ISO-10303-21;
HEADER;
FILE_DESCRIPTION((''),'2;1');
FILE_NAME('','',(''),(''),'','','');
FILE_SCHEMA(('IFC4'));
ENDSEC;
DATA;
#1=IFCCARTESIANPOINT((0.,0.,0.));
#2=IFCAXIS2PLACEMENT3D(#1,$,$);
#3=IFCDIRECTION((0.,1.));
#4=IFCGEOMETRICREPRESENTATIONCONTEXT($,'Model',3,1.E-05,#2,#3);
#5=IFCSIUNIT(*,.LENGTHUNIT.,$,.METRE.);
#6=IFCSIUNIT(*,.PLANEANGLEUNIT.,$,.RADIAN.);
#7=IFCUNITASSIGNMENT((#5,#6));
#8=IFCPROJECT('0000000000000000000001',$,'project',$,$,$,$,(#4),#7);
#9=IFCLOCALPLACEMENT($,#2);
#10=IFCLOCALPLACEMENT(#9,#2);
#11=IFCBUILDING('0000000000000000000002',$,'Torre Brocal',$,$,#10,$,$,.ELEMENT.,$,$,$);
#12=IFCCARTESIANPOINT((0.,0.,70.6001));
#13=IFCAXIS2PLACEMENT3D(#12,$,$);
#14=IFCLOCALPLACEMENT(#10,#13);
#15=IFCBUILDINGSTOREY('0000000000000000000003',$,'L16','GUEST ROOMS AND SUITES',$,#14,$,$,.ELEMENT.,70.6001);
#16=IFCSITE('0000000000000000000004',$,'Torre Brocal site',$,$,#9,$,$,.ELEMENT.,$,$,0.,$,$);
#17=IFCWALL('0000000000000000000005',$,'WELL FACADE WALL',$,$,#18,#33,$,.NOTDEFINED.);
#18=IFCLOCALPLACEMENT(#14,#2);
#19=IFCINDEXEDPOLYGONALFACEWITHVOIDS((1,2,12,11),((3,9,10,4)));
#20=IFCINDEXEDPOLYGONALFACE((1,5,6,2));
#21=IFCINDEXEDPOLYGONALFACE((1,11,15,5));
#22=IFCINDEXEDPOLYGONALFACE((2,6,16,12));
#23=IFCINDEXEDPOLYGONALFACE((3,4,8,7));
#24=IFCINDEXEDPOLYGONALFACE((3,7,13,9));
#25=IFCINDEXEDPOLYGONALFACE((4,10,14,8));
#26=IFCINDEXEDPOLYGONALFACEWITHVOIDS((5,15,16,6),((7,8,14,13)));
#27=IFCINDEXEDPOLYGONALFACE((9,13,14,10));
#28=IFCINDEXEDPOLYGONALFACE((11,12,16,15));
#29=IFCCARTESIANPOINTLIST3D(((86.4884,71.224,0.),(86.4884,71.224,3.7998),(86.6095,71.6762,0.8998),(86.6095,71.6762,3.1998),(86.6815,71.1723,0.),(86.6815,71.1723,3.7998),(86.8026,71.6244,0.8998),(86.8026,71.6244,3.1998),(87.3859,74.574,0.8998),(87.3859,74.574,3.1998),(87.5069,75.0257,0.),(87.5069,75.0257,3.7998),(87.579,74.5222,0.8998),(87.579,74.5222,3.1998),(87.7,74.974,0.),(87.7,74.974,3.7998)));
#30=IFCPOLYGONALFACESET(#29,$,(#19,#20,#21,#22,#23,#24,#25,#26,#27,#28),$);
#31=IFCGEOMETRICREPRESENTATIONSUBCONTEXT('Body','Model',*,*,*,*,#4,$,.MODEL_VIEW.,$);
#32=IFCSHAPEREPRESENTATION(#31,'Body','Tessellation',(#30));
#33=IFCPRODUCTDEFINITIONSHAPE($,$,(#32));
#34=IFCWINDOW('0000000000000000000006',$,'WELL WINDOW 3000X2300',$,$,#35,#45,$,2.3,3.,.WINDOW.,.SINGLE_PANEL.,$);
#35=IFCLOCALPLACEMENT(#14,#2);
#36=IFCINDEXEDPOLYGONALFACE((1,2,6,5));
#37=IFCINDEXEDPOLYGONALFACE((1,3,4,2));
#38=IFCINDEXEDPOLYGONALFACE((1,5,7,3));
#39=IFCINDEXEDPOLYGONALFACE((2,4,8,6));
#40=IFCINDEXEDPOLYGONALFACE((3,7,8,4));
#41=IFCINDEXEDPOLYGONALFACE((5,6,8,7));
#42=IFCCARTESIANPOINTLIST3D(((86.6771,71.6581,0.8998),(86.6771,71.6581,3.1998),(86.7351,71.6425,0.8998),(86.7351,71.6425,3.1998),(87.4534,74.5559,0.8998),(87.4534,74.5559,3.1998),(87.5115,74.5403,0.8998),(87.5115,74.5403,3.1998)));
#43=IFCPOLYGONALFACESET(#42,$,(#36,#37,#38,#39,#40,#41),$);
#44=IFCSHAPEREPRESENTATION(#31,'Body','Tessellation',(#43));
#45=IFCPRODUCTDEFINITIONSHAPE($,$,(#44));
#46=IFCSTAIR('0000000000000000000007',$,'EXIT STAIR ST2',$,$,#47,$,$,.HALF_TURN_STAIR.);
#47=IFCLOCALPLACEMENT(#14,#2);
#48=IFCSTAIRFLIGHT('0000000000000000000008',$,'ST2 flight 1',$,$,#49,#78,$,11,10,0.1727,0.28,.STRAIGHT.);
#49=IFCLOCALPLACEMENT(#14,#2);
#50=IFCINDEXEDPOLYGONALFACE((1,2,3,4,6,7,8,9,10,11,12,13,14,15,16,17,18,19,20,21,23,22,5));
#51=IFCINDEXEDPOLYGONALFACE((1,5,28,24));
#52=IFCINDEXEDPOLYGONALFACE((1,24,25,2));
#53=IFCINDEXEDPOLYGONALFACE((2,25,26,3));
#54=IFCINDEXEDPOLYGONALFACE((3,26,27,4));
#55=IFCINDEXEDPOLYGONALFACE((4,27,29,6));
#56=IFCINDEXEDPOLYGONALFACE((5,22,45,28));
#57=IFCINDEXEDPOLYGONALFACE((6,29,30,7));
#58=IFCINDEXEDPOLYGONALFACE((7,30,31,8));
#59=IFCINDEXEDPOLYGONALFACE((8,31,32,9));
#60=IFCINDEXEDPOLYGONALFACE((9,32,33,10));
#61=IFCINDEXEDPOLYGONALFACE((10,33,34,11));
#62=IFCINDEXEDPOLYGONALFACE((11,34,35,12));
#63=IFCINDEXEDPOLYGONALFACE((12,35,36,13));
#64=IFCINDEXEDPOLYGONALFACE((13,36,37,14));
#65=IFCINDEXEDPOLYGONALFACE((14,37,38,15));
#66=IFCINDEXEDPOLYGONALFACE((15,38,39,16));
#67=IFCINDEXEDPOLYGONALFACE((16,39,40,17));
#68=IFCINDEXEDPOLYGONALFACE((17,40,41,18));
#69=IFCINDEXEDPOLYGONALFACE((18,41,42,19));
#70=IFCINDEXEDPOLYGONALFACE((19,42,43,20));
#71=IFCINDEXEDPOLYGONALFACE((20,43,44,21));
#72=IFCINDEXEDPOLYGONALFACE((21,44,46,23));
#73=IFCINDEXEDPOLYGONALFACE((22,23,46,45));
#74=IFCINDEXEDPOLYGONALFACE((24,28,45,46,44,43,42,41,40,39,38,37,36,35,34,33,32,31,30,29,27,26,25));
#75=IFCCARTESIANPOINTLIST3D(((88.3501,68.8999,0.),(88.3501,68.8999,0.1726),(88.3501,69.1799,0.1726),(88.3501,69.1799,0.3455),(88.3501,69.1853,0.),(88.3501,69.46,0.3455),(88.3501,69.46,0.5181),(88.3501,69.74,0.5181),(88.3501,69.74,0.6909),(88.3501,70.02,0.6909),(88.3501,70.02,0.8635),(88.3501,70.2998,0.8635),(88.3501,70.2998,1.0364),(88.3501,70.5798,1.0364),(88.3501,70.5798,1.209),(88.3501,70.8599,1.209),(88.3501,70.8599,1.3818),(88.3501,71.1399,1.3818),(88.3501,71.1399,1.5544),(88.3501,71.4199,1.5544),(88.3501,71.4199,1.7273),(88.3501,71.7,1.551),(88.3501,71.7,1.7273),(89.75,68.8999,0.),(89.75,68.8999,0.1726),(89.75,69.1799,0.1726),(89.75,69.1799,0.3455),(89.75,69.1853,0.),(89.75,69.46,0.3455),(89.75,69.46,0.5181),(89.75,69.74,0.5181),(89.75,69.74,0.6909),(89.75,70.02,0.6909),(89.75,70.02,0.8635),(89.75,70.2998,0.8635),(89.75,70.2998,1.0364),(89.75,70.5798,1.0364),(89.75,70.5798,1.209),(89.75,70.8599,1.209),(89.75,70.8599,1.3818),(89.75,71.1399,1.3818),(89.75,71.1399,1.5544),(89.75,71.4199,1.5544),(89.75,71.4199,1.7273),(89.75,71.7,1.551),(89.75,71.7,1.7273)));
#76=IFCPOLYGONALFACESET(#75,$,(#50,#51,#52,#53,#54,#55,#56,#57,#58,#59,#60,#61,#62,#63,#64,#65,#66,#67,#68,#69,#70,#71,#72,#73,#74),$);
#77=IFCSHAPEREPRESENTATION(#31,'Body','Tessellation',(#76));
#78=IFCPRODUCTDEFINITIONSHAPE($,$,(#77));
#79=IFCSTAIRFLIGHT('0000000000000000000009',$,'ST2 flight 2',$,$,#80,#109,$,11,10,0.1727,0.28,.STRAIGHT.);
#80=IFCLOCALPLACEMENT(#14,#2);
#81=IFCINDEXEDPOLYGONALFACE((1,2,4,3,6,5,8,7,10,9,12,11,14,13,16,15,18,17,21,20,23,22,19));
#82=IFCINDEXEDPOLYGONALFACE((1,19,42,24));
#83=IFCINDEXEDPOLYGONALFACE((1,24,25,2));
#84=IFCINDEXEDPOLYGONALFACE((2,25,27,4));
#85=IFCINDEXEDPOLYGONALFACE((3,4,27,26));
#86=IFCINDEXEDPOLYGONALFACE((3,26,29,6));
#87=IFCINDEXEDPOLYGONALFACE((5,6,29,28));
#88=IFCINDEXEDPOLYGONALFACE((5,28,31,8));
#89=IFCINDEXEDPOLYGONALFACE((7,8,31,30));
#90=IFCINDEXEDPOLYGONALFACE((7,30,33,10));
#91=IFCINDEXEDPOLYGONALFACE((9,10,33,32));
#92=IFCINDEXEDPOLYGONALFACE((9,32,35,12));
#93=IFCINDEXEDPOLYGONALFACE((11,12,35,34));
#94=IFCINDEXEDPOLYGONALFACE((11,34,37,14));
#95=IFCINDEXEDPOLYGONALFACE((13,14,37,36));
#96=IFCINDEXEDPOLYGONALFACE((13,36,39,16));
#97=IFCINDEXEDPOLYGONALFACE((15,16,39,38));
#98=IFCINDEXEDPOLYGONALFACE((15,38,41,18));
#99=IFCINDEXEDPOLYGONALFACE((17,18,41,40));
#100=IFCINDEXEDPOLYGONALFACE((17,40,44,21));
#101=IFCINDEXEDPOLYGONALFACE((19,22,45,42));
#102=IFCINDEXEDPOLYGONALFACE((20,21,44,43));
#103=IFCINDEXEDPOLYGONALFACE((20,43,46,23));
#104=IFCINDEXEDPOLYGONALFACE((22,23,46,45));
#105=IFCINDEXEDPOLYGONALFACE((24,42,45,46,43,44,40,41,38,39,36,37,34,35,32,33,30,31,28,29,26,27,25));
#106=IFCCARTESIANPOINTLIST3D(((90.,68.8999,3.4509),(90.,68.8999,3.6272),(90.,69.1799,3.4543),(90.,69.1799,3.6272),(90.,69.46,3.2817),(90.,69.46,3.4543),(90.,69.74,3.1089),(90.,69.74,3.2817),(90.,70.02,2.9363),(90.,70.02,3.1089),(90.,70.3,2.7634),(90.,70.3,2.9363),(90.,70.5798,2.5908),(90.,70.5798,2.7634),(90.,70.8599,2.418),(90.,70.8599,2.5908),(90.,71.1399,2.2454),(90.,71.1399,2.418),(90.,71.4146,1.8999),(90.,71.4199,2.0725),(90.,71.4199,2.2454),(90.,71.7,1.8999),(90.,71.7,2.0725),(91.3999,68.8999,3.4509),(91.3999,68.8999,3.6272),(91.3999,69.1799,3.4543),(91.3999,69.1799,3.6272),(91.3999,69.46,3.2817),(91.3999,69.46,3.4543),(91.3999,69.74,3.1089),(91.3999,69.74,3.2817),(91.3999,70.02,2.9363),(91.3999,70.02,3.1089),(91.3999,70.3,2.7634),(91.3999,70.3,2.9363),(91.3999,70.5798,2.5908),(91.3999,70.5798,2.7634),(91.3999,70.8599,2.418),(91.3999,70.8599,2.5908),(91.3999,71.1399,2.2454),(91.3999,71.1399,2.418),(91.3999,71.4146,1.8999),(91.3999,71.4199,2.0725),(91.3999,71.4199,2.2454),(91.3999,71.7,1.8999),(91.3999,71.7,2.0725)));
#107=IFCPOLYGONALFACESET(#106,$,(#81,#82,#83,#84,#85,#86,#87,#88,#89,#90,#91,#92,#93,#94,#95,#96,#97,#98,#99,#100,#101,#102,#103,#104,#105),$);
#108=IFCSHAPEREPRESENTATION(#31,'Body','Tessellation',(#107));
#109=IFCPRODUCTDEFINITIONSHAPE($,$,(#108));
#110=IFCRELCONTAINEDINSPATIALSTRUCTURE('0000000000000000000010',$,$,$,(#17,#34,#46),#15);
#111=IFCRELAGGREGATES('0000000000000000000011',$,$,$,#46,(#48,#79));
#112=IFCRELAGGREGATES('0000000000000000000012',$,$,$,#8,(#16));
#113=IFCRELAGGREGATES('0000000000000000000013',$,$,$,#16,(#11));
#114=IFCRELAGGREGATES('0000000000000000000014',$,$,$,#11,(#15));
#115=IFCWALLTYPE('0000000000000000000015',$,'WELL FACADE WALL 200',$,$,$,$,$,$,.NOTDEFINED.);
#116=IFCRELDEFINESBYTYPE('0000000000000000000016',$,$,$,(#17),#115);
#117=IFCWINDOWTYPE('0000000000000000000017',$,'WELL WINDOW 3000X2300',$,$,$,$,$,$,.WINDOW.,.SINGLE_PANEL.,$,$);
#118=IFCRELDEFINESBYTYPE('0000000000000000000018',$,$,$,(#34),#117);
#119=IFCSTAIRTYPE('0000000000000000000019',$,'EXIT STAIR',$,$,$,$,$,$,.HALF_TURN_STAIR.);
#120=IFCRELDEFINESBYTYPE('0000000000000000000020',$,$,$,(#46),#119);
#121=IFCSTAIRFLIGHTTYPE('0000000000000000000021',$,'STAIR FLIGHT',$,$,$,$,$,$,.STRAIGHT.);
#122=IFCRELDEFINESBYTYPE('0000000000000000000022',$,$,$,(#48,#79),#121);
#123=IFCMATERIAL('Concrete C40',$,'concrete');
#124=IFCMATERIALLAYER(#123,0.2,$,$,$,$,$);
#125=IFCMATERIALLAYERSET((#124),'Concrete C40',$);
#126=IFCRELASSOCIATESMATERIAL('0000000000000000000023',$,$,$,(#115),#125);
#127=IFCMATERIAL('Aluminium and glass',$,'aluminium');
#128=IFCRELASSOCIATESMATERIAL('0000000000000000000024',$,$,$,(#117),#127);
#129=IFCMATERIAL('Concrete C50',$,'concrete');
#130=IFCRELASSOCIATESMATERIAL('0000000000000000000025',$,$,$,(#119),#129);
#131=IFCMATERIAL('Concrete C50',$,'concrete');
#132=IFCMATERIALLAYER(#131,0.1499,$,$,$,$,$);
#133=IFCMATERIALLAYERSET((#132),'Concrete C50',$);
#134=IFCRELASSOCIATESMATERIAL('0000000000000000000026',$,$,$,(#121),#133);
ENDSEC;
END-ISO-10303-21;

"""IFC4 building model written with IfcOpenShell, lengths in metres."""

from ifc_helpers import new_model, si_unit, direction, frame, frame_2d, origin, place, context, subcontext, project, spatial, polyline, rectangle, outline, extrude, material, layer, layer_set, type_object, element, fill, aggregate, save


model = new_model("IFC4")

# Units and contexts
model_context = context("Model", 3, precision=1e-05, world=origin(), true_north=direction((0.0, 1.0)))
body_context = subcontext(model_context, "Body", "Model", "MODEL_VIEW")
ifc_project = project(units=[si_unit("LENGTHUNIT", "METRE"), si_unit("PLANEANGLEUNIT", "RADIAN")], contexts=[model_context])

# Site, building, storey
site_placement = place(None, origin())
site = spatial("IfcSite", under=ifc_project, at=site_placement, Name="Torre Brocal site", CompositionType="ELEMENT", RefElevation=0.0)
building_placement = place(site_placement, origin())
building = spatial("IfcBuilding", under=site, at=building_placement, Name="Torre Brocal", CompositionType="ELEMENT")
storey_placement = place(building_placement, frame((0.0, 0.0, 70.6001)))
storey = spatial("IfcBuildingStorey", under=building, at=storey_placement, Name="L16", Description="GUEST ROOMS AND SUITES", CompositionType="ELEMENT", Elevation=70.6001)

# Wall, opening, window
ifc_material_1 = material(Name="Concrete C40", Category="concrete")
ifc_layer_1 = layer(ifc_material_1, 0.2)
ifc_layer_set_1 = layer_set([ifc_layer_1], Name="Concrete C40")
wall_type_1 = type_object("IfcWallType", Name="WELL FACADE WALL 200", PredefinedType="NOTDEFINED", material=ifc_layer_set_1)
ifc_material_2 = material(Name="Aluminium and glass", Category="aluminium")
window_type = type_object("IfcWindowType", Name="WELL WINDOW 3000X2300", PartitioningType="SINGLE_PANEL", PredefinedType="WINDOW", material=ifc_material_2)
wall_1_placement = place(storey_placement, frame((86.585, 71.1982, 0.0), z_axis=(0.0, 0.0, 1.0), x_axis=(0.25879, 0.965934, 0.0)))
wall_1 = element("IfcWall", 1, at=wall_1_placement, inside=storey, type_object=wall_type_1, Name="WELL FACADE WALL", PredefinedType="NOTDEFINED", context=body_context, shape_type="SweptSolid", body=[
    extrude(rectangle(XDim=3.9358, YDim=0.2, at=frame_2d((1.9678, 0.0))), origin(), (0.0, 0.0, 1.0), 3.7998),
])
opening_1_placement = place(wall_1_placement, frame((0.468, 0.0, 0.8999)))
opening_1 = element("IfcOpeningElement", 2, at=opening_1_placement, cuts=wall_1, PredefinedType="OPENING", context=body_context, shape_type="SweptSolid", body=[
    extrude(rectangle(XDim=3.0, YDim=2.3, at=frame_2d((1.5, 1.1499))), frame((0.0, 0.1099, 0.0), z_axis=(0.0, -1.0, 0.0), x_axis=(1.0, 0.0, 0.0)), (0.0, 0.0, 1.0), 0.22),
])
window_1_placement = place(opening_1_placement, origin())
window_1 = element("IfcWindow", 3, at=window_1_placement, inside=storey, type_object=window_type, Name="WELL WINDOW 3000X2300", OverallHeight=2.3, OverallWidth=3.0, PartitioningType="SINGLE_PANEL", PredefinedType="WINDOW", context=body_context, shape_type="SweptSolid", body=[
    extrude(rectangle(XDim=3.0, YDim=2.3, at=frame_2d((1.5, 1.1499))), frame((0.0, 0.03, 0.0), z_axis=(0.0, -1.0, 0.0), x_axis=(1.0, 0.0, 0.0)), (0.0, 0.0, 1.0), 0.0601),
])
fill(opening_1, window_1)

# Stair, stair flights
ifc_material_3 = material(Name="Concrete C50", Category="concrete")
stair_type = type_object("IfcStairType", Name="EXIT STAIR", PredefinedType="HALF_TURN_STAIR", material=ifc_material_3)
stair_placement = place(storey_placement, origin())
stair = element("IfcStair", 4, at=stair_placement, inside=storey, type_object=stair_type, Name="EXIT STAIR ST2", PredefinedType="HALF_TURN_STAIR")
ifc_material_4 = material(Name="Concrete C50", Category="concrete")
ifc_layer_2 = layer(ifc_material_4, 0.1499)
ifc_layer_set_2 = layer_set([ifc_layer_2], Name="Concrete C50")
stair_flight_type = type_object("IfcStairFlightType", Name="STAIR FLIGHT", PredefinedType="STRAIGHT", material=ifc_layer_set_2)
stair_flight_1_placement = place(storey_placement, frame((89.05, 68.8999, 0.0), z_axis=(0.0, 0.0, 1.0), x_axis=(0.0, 1.0, 0.0)))
stair_flight_1 = element("IfcStairFlight", 5, at=stair_flight_1_placement, type_object=stair_flight_type, Name="ST2 flight 1", NumberOfRisers=11, NumberOfTreads=10, PredefinedType="STRAIGHT", RiserHeight=0.1727, TreadLength=0.28, context=body_context, shape_type="SweptSolid", body=[
    extrude(outline(polyline([(0.0, 0.0), (0.0, 0.1726), (0.28, 0.1726), (0.28, 0.3455), (0.5601, 0.3455), (0.5601, 0.5181), (0.8401, 0.5181), (0.8401, 0.6909), (1.1201, 0.6909), (1.1201, 0.8635), (1.3999, 0.8635), (1.3999, 1.0364), (1.6799, 1.0364), (1.6799, 1.209), (1.96, 1.209), (1.96, 1.3818), (2.24, 1.3818), (2.24, 1.5544), (2.52, 1.5544), (2.52, 1.7273), (2.8, 1.7273), (2.8, 1.8999), (2.8, 1.551), (0.2854, 0.0), (0.0, 0.0)])), frame((0.0, 0.7, 0.0), z_axis=(0.0, -1.0, 0.0), x_axis=(1.0, 0.0, 0.0)), (0.0, 0.0, 1.0), 1.3999),
])
stair_flight_2_placement = place(storey_placement, frame((90.7, 71.7, 1.8999), z_axis=(0.0, 0.0, 1.0), x_axis=(0.0, -1.0, 0.0)))
stair_flight_2 = element("IfcStairFlight", 6, at=stair_flight_2_placement, type_object=stair_flight_type, Name="ST2 flight 2", NumberOfRisers=11, NumberOfTreads=10, PredefinedType="STRAIGHT", RiserHeight=0.1727, TreadLength=0.28, context=body_context, shape_type="SweptSolid", body=[
    extrude(outline(polyline([(0.0, 0.0), (0.0, 0.1726), (0.28, 0.1726), (0.28, 0.3455), (0.5601, 0.3455), (0.5601, 0.5181), (0.8401, 0.5181), (0.8401, 0.6909), (1.1201, 0.6909), (1.1201, 0.8635), (1.3999, 0.8635), (1.3999, 1.0364), (1.6799, 1.0364), (1.6799, 1.209), (1.96, 1.209), (1.96, 1.3818), (2.24, 1.3818), (2.24, 1.5544), (2.52, 1.5544), (2.52, 1.7273), (2.8, 1.7273), (2.8, 1.8999), (2.8, 1.551), (0.2854, 0.0), (0.0, 0.0)])), frame((0.0, 0.7, 0.0), z_axis=(0.0, -1.0, 0.0), x_axis=(1.0, 0.0, 0.0)), (0.0, 0.0, 1.0), 1.3999),
])
aggregate(stair, [stair_flight_1, stair_flight_2])

save(model, "model.ifc")
